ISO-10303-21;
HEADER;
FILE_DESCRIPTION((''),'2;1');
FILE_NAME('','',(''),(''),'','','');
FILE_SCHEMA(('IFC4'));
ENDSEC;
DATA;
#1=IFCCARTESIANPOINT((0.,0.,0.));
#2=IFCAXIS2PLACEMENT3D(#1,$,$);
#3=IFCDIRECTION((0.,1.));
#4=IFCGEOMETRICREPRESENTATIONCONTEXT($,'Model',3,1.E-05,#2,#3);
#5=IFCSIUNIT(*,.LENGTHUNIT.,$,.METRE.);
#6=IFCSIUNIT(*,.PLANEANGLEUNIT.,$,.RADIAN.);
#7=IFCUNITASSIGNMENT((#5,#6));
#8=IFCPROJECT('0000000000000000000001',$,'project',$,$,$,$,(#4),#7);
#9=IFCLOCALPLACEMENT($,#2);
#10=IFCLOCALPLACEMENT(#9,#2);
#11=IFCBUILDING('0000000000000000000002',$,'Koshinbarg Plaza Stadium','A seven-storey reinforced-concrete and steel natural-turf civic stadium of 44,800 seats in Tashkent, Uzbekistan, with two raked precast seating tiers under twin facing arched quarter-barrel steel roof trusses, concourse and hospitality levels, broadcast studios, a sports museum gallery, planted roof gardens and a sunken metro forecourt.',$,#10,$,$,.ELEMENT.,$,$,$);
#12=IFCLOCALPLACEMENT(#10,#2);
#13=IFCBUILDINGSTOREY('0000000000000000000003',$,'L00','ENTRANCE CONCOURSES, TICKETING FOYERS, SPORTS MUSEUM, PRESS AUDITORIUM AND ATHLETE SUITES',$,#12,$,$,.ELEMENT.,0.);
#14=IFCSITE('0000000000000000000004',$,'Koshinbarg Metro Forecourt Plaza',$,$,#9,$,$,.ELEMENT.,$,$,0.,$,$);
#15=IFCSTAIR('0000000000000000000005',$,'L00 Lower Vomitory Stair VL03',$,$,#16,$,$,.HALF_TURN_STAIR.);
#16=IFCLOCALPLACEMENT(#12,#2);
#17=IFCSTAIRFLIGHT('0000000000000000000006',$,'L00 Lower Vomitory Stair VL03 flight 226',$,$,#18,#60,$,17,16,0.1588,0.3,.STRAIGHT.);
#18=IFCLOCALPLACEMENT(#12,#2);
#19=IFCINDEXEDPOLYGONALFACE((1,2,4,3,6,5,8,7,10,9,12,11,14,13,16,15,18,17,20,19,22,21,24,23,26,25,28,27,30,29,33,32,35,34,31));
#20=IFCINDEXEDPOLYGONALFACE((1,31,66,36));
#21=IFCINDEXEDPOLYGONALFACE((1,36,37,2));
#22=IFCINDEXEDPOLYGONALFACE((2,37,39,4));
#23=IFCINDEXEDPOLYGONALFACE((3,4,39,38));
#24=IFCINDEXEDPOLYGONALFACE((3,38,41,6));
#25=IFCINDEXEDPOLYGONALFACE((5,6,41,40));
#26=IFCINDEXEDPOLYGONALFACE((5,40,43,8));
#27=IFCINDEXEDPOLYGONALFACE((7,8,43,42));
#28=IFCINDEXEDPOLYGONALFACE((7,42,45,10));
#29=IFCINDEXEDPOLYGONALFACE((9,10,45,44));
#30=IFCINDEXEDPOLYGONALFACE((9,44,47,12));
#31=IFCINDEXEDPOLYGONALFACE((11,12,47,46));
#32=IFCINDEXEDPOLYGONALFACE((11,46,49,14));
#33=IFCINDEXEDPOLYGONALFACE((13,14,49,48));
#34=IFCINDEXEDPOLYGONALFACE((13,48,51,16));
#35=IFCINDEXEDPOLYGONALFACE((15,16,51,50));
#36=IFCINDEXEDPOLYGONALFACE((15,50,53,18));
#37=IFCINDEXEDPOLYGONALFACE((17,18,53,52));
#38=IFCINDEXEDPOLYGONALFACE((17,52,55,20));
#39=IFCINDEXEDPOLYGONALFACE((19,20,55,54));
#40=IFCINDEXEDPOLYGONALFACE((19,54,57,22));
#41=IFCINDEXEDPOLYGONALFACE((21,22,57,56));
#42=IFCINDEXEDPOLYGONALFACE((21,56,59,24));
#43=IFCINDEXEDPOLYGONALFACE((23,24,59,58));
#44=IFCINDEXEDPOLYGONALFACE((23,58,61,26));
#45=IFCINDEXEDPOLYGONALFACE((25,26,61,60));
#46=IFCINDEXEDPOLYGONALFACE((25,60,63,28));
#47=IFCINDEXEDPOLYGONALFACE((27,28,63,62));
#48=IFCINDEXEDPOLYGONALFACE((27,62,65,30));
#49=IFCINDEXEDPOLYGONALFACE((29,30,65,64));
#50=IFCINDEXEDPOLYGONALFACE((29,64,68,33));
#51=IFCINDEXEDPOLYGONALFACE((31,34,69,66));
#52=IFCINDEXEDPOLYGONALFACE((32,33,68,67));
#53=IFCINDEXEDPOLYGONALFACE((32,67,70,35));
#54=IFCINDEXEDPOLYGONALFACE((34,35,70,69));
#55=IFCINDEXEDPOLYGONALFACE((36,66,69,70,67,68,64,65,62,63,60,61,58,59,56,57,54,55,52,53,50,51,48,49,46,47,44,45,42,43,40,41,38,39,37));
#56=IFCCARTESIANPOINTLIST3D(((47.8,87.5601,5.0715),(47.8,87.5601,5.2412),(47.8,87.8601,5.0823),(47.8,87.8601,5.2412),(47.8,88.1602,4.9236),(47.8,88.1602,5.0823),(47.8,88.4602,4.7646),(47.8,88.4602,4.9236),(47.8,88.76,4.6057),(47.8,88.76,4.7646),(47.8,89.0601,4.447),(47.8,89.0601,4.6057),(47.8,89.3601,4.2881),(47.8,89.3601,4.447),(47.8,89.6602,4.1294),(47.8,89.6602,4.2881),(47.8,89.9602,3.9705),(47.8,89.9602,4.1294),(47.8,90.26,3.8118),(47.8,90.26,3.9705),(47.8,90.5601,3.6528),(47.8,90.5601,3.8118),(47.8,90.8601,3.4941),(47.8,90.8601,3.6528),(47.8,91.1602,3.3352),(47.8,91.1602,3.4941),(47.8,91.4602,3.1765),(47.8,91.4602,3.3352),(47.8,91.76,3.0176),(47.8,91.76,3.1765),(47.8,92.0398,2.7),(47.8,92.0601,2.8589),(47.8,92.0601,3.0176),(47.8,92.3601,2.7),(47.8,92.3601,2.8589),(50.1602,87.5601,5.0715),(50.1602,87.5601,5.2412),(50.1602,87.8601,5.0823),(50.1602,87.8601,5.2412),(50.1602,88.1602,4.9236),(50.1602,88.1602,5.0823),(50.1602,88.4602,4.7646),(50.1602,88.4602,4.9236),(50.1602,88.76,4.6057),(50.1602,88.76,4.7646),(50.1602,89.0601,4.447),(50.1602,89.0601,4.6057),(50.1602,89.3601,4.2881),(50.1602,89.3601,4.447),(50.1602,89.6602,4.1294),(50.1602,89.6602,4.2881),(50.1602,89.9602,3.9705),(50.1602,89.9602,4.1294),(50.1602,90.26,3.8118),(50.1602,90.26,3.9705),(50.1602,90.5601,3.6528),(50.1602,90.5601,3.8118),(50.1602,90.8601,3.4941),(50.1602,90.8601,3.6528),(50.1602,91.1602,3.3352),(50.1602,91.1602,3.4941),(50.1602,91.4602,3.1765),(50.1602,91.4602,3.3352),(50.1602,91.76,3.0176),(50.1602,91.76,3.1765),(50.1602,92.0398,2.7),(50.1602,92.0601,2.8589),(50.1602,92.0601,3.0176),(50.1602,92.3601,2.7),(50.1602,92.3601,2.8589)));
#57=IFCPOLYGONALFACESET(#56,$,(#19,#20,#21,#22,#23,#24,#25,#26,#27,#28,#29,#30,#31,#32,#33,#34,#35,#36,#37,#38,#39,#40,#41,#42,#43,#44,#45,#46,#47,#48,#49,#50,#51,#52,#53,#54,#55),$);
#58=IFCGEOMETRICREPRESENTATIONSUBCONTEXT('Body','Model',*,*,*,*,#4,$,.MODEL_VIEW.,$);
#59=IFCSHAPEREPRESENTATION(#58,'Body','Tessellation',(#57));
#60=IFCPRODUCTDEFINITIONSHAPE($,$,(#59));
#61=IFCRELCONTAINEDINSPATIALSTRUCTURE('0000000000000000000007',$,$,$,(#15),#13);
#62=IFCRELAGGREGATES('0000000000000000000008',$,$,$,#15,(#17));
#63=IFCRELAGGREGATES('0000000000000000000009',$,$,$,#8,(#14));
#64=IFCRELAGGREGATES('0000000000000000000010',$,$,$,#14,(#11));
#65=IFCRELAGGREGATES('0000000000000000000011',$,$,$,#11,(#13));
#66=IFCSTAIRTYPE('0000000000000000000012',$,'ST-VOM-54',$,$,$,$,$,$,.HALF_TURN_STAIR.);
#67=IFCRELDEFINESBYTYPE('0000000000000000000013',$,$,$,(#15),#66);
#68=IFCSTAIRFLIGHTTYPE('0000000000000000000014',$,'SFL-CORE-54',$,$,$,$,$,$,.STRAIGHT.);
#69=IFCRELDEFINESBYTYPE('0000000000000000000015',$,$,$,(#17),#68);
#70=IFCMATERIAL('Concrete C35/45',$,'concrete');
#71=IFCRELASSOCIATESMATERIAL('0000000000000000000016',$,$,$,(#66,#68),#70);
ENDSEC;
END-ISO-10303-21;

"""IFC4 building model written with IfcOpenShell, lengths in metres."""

from ifc_helpers import new_model, si_unit, direction, frame, origin, place, context, subcontext, project, spatial, polyline, outline, extrude, material, type_object, element, aggregate, save


model = new_model("IFC4")

# Units and contexts
model_context = context("Model", 3, precision=1e-05, world=origin(), true_north=direction((0.0, 1.0)))
body_context = subcontext(model_context, "Body", "Model", "MODEL_VIEW")
ifc_project = project(units=[si_unit("LENGTHUNIT", "METRE"), si_unit("PLANEANGLEUNIT", "RADIAN")], contexts=[model_context])

# Site, building, storey
site_placement = place(None, origin())
site = spatial("IfcSite", under=ifc_project, at=site_placement, Name="Koshinbarg Metro Forecourt Plaza", CompositionType="ELEMENT", RefElevation=0.0)
building_placement = place(site_placement, origin())
building = spatial("IfcBuilding", under=site, at=building_placement, Name="Koshinbarg Plaza Stadium", Description="A seven-storey reinforced-concrete and steel natural-turf civic stadium of 44,800 seats in Tashkent, Uzbekistan, with two raked precast seating tiers under twin facing arched quarter-barrel steel roof trusses, concourse and hospitality levels, broadcast studios, a sports museum gallery, planted roof gardens and a sunken metro forecourt.", CompositionType="ELEMENT")
storey_placement = place(building_placement, origin())
storey = spatial("IfcBuildingStorey", under=building, at=storey_placement, Name="L00", Description="ENTRANCE CONCOURSES, TICKETING FOYERS, SPORTS MUSEUM, PRESS AUDITORIUM AND ATHLETE SUITES", CompositionType="ELEMENT", Elevation=0.0)

# Shared definitions
ifc_material_1 = material(Name="Concrete C35/45", Category="concrete")

# Stair, stair flight
stair_type = type_object("IfcStairType", Name="ST-VOM-54", PredefinedType="HALF_TURN_STAIR", material=ifc_material_1)
stair_placement = place(storey_placement, origin())
stair = element("IfcStair", 1, at=stair_placement, inside=storey, type_object=stair_type, Name="L00 Lower Vomitory Stair VL03", PredefinedType="HALF_TURN_STAIR")
stair_flight_type = type_object("IfcStairFlightType", Name="SFL-CORE-54", PredefinedType="STRAIGHT", material=ifc_material_1)
stair_flight_1_placement = place(storey_placement, frame((48.98, 92.3601, 2.7), z_axis=(0.0, 0.0, 1.0), x_axis=(0.0, -1.0, 0.0)))
stair_flight_1 = element("IfcStairFlight", 2, at=stair_flight_1_placement, type_object=stair_flight_type, Name="L00 Lower Vomitory Stair VL03 flight 226", NumberOfRisers=17, NumberOfTreads=16, PredefinedType="STRAIGHT", RiserHeight=0.1588, TreadLength=0.3, context=body_context, shape_type="SweptSolid", body=[
    extrude(outline(polyline([(0.0, 0.0), (0.0, 0.1589), (0.3, 0.1589), (0.3, 0.3176), (0.6001, 0.3176), (0.6001, 0.4766), (0.8999, 0.4766), (0.8999, 0.6353), (1.2, 0.6353), (1.2, 0.7942), (1.5, 0.7942), (1.5, 0.9529), (1.8, 0.9529), (1.8, 1.1118), (2.1001, 1.1118), (2.1001, 1.2705), (2.3999, 1.2705), (2.3999, 1.4294), (2.7, 1.4294), (2.7, 1.5881), (3.0, 1.5881), (3.0, 1.7471), (3.3, 1.7471), (3.3, 1.9058), (3.6001, 1.9058), (3.6001, 2.0647), (3.8999, 2.0647), (3.8999, 2.2236), (4.2, 2.2236), (4.2, 2.3823), (4.5, 2.3823), (4.5, 2.5413), (4.8, 2.5413), (4.8, 2.7), (4.8, 2.3716), (0.3203, 0.0), (0.0, 0.0)])), frame((0.0, 1.1802, 0.0), z_axis=(0.0, -1.0, 0.0), x_axis=(1.0, 0.0, 0.0)), (0.0, 0.0, 1.0), 2.3601),
])
aggregate(stair, [stair_flight_1])

save(model, "model.ifc")
